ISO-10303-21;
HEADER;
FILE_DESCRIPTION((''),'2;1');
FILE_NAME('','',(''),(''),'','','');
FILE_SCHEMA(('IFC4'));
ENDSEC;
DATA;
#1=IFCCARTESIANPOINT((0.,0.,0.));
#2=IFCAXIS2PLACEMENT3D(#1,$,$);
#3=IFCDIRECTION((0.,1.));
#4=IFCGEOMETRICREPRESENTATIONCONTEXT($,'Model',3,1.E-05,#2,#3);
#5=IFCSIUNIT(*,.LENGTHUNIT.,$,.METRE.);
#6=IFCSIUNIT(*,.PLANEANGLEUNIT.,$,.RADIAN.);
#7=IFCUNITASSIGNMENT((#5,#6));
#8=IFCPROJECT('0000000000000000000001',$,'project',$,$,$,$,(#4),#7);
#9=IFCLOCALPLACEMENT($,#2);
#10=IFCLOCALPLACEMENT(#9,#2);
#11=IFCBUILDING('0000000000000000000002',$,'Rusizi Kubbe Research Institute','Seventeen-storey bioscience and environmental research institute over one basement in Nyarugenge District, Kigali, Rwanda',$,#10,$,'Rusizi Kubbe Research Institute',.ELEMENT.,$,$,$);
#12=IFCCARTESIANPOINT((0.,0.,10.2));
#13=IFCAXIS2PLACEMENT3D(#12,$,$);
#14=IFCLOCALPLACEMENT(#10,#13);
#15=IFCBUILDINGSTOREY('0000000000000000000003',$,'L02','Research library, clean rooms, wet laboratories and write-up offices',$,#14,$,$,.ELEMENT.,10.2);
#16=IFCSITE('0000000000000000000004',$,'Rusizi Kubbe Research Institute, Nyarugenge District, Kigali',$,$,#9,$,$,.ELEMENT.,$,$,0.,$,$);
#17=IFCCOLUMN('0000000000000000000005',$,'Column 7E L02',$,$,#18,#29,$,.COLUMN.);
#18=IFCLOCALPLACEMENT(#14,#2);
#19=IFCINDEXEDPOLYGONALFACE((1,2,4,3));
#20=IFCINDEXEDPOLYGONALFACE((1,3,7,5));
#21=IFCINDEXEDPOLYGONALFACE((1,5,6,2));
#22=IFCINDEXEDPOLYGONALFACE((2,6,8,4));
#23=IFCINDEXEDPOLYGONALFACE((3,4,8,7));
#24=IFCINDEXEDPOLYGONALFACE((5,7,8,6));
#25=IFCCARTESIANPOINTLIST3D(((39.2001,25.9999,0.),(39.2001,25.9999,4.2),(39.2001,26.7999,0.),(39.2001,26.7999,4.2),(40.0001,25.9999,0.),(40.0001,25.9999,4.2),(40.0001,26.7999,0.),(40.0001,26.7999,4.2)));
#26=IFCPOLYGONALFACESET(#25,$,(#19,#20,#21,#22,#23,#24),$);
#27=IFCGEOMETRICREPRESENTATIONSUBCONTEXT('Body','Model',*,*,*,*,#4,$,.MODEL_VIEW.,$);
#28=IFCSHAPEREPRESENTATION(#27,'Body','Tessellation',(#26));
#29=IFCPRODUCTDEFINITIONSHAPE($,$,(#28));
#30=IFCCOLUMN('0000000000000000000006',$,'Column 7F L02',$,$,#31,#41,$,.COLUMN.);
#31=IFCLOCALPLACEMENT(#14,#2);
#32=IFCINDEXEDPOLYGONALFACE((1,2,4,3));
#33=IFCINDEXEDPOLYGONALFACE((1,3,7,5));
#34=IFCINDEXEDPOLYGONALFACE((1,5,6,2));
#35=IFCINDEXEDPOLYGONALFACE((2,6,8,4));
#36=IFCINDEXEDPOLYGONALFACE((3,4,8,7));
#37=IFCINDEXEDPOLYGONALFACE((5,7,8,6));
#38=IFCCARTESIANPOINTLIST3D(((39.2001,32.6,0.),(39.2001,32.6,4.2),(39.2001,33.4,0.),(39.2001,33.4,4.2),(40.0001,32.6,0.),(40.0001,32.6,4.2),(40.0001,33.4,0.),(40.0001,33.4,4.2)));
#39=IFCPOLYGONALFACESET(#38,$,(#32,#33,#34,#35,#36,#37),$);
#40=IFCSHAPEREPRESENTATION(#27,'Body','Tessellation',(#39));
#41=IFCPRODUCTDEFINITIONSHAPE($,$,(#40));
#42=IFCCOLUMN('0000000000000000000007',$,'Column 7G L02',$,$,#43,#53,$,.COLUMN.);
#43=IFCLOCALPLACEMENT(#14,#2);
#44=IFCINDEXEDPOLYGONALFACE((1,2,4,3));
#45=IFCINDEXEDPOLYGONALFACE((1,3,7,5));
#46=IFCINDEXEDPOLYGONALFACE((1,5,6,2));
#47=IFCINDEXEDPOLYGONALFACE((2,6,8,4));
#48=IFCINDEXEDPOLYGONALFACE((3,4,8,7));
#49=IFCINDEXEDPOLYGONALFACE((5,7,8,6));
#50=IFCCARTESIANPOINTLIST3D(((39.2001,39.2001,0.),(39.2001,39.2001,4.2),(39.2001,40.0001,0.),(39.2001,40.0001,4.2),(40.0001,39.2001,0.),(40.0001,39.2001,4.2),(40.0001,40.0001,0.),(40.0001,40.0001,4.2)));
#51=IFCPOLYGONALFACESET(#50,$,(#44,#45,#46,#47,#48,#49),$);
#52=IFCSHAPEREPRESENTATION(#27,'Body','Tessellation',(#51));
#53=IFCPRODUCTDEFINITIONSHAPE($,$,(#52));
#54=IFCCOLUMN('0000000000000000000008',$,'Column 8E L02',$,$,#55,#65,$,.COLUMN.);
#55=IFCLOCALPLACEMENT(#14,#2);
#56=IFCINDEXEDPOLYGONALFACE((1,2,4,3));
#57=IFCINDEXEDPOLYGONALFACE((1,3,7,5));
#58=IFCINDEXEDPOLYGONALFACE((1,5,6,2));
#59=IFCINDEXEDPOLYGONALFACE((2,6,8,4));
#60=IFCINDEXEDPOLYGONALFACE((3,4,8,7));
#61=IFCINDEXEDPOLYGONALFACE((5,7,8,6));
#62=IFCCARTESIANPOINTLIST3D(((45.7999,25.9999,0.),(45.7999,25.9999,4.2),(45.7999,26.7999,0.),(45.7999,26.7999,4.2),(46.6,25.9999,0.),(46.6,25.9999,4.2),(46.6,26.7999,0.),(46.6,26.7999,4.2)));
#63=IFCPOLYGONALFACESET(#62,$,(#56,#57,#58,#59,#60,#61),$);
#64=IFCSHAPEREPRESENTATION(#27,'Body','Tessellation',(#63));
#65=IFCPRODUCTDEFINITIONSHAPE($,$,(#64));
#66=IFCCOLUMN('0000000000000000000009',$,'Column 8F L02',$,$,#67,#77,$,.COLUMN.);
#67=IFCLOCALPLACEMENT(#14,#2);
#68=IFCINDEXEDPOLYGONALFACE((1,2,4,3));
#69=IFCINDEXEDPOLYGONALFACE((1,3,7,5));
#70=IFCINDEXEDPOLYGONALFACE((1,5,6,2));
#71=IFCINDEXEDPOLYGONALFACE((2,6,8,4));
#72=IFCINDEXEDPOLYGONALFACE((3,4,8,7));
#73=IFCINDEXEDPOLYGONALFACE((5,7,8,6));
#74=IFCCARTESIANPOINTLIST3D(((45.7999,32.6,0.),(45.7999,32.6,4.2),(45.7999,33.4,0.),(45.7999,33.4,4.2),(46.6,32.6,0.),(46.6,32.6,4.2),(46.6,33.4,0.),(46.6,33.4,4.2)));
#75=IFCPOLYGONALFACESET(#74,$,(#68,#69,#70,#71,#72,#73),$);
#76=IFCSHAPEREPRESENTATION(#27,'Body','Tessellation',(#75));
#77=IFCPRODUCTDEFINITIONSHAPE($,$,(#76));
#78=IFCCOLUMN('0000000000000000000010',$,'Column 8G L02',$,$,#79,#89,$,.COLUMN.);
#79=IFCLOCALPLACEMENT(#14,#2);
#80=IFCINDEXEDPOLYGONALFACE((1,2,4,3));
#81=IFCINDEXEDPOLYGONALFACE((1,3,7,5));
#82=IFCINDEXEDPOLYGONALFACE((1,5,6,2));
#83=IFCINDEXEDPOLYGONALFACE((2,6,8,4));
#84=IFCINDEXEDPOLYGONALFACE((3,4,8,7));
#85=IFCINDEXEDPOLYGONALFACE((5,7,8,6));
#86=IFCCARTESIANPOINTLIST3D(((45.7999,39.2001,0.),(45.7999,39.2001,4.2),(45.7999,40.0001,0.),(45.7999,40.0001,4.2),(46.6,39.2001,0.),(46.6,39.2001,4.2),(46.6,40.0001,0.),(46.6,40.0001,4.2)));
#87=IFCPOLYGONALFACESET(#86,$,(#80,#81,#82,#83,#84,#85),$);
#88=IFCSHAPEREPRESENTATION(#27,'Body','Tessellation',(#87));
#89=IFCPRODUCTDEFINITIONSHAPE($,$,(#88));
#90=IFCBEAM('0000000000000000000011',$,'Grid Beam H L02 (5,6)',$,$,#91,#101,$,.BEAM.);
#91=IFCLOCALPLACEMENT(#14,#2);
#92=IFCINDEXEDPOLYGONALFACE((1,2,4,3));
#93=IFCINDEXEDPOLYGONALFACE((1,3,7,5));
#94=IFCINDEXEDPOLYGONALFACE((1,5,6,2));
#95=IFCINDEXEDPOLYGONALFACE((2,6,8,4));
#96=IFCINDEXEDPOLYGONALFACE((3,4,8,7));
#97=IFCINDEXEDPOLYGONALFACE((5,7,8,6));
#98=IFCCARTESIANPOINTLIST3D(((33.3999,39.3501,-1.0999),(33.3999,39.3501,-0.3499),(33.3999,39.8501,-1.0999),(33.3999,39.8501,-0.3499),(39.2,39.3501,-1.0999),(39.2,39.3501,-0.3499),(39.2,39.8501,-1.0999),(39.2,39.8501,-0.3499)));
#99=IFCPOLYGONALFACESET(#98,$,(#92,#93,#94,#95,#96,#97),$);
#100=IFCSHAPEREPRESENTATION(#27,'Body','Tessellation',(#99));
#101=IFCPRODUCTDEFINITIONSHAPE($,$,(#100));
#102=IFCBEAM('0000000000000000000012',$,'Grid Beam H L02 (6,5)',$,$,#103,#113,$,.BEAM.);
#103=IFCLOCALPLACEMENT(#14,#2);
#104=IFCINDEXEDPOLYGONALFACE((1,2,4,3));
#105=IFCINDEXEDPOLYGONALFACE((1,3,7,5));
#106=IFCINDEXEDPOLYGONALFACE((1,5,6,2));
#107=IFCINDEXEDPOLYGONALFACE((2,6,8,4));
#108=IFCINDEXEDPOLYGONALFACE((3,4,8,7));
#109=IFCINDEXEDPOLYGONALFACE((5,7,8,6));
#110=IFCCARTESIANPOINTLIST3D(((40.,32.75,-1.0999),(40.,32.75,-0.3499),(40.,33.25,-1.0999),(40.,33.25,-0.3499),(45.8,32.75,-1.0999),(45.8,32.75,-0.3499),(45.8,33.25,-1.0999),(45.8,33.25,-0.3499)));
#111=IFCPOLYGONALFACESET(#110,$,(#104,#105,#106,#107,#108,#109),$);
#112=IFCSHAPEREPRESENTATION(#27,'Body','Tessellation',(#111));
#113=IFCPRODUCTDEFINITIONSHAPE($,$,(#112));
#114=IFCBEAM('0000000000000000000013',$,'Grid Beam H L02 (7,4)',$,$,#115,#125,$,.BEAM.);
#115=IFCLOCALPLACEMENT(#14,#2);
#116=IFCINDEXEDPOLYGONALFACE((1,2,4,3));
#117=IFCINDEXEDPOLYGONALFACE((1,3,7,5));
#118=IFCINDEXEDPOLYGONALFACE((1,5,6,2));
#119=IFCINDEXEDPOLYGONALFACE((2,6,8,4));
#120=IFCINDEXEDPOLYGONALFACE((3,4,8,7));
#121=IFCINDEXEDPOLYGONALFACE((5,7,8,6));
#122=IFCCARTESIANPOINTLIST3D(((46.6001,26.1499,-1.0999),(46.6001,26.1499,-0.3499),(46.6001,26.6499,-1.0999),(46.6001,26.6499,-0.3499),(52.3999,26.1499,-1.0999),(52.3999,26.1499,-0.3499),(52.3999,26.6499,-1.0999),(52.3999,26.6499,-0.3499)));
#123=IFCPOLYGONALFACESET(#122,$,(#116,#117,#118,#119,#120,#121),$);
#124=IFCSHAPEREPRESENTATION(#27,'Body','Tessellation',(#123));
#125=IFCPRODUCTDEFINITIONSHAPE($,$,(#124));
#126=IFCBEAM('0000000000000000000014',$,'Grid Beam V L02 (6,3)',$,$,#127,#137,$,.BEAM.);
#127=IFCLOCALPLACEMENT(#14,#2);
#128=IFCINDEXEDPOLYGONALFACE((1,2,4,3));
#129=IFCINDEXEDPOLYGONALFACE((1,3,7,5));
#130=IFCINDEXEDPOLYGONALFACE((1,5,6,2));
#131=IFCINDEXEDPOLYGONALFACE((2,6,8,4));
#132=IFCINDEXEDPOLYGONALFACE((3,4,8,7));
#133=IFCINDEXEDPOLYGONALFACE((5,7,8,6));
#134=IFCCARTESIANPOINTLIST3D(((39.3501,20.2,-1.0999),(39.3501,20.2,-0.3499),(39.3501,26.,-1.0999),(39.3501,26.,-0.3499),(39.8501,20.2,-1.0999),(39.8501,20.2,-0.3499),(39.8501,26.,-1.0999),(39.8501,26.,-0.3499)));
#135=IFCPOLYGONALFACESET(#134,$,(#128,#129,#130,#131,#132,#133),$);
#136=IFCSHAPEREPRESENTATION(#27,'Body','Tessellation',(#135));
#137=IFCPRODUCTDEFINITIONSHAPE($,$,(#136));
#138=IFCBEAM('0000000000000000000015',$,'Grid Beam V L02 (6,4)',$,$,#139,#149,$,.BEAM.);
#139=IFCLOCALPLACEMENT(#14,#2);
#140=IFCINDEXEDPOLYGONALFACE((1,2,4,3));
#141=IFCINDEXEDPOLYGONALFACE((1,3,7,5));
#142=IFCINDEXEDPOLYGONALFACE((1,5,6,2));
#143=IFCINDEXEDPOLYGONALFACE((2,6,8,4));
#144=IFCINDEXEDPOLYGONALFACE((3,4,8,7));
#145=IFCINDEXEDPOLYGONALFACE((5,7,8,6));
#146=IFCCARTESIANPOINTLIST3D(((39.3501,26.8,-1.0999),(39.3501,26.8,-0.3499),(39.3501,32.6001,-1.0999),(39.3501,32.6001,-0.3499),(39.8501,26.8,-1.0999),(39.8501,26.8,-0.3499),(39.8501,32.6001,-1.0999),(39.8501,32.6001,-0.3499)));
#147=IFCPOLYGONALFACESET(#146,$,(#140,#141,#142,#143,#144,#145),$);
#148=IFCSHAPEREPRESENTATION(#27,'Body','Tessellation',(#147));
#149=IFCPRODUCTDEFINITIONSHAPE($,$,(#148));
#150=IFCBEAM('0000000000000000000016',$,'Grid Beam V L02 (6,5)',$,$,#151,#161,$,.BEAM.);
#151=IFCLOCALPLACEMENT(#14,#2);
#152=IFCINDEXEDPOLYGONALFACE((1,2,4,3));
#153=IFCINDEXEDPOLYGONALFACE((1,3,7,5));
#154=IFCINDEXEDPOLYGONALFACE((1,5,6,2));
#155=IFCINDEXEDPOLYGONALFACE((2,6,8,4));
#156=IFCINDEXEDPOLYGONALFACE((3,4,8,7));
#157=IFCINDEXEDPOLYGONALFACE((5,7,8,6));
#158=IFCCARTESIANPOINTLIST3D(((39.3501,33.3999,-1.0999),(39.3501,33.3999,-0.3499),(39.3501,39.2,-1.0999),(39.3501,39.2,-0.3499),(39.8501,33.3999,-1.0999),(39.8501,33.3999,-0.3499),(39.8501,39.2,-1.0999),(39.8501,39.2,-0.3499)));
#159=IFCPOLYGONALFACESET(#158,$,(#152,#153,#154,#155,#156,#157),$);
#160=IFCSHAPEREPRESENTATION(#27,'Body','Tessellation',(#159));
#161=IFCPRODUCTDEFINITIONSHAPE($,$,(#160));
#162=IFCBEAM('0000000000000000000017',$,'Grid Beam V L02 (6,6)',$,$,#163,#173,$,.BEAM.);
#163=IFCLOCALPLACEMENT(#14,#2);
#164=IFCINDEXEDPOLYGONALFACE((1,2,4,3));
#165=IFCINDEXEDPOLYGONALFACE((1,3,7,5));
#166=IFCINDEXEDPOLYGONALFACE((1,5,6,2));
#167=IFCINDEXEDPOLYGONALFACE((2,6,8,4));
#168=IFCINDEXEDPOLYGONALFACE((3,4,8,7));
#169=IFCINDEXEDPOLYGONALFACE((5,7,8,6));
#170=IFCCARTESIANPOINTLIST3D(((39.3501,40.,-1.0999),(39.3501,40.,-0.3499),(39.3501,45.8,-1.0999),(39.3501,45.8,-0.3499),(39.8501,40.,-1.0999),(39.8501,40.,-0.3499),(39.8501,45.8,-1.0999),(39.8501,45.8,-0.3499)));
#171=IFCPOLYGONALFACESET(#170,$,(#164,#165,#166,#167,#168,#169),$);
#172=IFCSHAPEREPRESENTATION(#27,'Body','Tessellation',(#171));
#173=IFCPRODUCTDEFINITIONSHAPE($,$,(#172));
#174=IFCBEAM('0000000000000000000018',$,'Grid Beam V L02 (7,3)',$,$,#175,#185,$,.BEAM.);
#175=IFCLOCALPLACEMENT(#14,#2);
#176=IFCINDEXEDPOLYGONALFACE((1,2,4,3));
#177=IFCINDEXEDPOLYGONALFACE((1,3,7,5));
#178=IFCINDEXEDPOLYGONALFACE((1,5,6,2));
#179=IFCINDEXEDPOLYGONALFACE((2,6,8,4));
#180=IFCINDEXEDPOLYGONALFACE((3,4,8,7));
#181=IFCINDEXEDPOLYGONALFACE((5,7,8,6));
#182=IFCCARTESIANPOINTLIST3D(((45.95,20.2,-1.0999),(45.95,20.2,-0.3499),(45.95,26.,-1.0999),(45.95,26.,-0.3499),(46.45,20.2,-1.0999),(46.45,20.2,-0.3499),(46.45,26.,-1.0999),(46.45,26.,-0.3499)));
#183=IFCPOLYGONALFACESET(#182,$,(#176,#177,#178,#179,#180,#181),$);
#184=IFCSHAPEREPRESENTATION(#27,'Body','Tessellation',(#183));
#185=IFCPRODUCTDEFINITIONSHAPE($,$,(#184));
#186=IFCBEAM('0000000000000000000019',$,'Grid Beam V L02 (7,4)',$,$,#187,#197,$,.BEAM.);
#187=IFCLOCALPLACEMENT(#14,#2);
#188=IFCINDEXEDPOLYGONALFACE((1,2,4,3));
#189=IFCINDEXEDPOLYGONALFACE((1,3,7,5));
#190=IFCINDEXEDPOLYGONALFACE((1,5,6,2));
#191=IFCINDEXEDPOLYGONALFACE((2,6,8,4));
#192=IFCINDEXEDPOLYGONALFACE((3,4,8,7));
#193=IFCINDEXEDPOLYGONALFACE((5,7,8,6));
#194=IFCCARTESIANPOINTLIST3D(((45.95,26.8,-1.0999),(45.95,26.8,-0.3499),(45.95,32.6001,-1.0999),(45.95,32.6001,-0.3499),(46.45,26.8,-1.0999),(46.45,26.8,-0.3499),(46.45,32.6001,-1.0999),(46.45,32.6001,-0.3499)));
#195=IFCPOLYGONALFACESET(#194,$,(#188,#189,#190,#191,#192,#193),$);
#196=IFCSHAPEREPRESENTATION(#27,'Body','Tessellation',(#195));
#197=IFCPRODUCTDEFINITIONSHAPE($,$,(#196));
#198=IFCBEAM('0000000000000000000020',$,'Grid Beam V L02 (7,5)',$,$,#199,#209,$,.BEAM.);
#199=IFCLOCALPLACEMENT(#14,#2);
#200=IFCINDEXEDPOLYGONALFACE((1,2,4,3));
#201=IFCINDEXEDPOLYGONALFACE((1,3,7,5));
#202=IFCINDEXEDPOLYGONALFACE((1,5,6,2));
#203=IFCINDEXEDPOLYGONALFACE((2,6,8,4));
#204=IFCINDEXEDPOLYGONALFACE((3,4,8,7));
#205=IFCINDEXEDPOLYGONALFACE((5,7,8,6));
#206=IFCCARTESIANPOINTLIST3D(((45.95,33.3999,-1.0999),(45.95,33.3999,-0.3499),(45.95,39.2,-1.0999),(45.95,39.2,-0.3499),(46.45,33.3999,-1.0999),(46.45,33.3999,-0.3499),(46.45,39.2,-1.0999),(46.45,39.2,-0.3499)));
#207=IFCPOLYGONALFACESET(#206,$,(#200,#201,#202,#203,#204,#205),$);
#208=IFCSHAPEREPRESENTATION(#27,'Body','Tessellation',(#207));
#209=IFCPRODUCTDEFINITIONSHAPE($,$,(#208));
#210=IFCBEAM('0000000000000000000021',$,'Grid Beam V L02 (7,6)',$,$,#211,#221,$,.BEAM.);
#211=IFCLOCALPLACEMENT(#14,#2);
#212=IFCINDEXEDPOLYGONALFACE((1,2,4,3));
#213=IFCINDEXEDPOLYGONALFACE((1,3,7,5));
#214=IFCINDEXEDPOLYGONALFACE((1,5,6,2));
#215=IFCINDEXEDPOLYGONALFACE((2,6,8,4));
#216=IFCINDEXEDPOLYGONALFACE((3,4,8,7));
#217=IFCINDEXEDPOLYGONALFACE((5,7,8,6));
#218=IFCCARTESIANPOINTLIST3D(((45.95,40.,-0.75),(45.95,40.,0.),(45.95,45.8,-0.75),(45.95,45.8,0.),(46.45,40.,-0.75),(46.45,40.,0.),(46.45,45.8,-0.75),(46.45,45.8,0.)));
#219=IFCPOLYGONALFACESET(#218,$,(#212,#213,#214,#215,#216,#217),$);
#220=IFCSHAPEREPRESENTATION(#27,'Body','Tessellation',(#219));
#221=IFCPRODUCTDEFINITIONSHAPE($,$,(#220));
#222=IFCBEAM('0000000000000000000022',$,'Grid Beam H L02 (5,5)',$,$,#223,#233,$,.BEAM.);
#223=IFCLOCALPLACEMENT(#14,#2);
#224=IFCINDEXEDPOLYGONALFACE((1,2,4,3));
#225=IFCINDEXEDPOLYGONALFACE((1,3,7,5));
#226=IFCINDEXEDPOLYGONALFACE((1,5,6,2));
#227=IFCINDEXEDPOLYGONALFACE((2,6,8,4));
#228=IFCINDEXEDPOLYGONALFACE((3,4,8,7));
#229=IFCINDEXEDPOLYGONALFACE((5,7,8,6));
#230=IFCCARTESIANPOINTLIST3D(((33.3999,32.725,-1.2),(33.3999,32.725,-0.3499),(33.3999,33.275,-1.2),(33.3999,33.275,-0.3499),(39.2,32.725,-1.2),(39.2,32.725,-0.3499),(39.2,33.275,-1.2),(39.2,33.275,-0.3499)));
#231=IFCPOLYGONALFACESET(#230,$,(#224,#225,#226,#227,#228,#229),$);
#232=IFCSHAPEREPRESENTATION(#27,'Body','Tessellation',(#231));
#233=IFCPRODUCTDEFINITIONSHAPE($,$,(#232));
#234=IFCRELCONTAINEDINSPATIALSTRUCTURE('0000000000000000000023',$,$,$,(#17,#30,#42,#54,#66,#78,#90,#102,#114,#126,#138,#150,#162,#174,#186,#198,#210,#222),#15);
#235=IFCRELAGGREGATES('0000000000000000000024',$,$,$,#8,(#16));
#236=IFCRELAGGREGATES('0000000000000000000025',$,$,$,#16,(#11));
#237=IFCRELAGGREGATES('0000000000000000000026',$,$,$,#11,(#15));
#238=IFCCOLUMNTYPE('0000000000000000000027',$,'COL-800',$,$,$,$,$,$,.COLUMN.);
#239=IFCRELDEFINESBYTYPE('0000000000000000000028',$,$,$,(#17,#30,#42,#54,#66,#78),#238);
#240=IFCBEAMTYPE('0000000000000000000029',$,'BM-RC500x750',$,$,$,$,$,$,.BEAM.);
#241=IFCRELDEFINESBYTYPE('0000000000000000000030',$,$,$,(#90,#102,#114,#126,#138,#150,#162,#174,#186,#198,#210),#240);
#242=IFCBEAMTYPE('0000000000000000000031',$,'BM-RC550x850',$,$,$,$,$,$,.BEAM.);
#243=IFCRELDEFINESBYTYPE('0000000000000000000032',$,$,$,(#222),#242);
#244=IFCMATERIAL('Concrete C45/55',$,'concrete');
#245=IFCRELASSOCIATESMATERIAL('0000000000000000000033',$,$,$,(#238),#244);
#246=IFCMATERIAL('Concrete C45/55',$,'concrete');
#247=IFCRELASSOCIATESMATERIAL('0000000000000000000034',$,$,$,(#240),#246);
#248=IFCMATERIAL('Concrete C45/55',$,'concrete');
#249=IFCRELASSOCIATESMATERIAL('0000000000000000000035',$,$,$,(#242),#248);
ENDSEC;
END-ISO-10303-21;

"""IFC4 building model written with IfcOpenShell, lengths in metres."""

from ifc_helpers import new_model, si_unit, direction, frame, origin, origin_2d, place, context, subcontext, project, spatial, rectangle, extrude, material, material_profile, profile_set, type_object, element, save


model = new_model("IFC4")

# Units and contexts
model_context = context("Model", 3, precision=1e-05, world=origin(), true_north=direction((0.0, 1.0)))
body_context = subcontext(model_context, "Body", "Model", "MODEL_VIEW")
ifc_project = project(units=[si_unit("LENGTHUNIT", "METRE"), si_unit("PLANEANGLEUNIT", "RADIAN")], contexts=[model_context])

# Site, building, storey
site_placement = place(None, origin())
site = spatial("IfcSite", under=ifc_project, at=site_placement, Name="Rusizi Kubbe Research Institute, Nyarugenge District, Kigali", CompositionType="ELEMENT", RefElevation=0.0)
building_placement = place(site_placement, origin())
building = spatial("IfcBuilding", under=site, at=building_placement, Name="Rusizi Kubbe Research Institute", Description="Seventeen-storey bioscience and environmental research institute over one basement in Nyarugenge District, Kigali, Rwanda", LongName="Rusizi Kubbe Research Institute", CompositionType="ELEMENT")
storey_placement = place(building_placement, frame((0.0, 0.0, 10.2)))
storey = spatial("IfcBuildingStorey", under=building, at=storey_placement, Name="L02", Description="Research library, clean rooms, wet laboratories and write-up offices", CompositionType="ELEMENT", Elevation=10.2)

# Columns
ifc_material_1 = material(Name="Concrete C45/55", Category="concrete")
ifc_material_profile_1 = material_profile(ifc_material_1, rectangle(XDim=0.8, YDim=0.8, at=origin_2d()), Name="RC800x800")
ifc_profile_set_1 = profile_set([ifc_material_profile_1], Name="Concrete C45/55")
column_type = type_object("IfcColumnType", Name="COL-800", PredefinedType="COLUMN", material=ifc_profile_set_1)
for number, where, z_axis, x_axis, name in (
    (1, (39.6001, 26.3999, 0.0), (0.0, 0.0, 1.0), (1.0, 0.0, 0.0), "Column 7E L02"),
    (2, (39.6001, 33.0, 0.0), (0.0, 0.0, 1.0), (1.0, 0.0, 0.0), "Column 7F L02"),
    (3, (39.6001, 39.6001, 0.0), (0.0, 0.0, 1.0), (1.0, 0.0, 0.0), "Column 7G L02"),
    (4, (46.2, 26.3999, 0.0), (0.0, 0.0, 1.0), (1.0, 0.0, 0.0), "Column 8E L02"),
    (5, (46.2, 33.0, 0.0), (0.0, 0.0, 1.0), (1.0, 0.0, 0.0), "Column 8F L02"),
    (6, (46.2, 39.6001, 0.0), (0.0, 0.0, 1.0), (1.0, 0.0, 0.0), "Column 8G L02"),
):
    element("IfcColumn", number, at=place(storey_placement, frame(where, z_axis=z_axis, x_axis=x_axis)), inside=storey, type_object=column_type, Name=name, PredefinedType="COLUMN", context=body_context, shape_type="SweptSolid", body=[
        extrude(rectangle(XDim=0.8, YDim=0.8, at=origin_2d()), origin(), (0.0, 0.0, 1.0), 4.2),
    ])

# Beams
ifc_material_2 = material(Name="Concrete C45/55", Category="concrete")
ifc_material_profile_2 = material_profile(ifc_material_2, rectangle(XDim=0.5, YDim=0.75, at=origin_2d()), Name="RC500x750B")
ifc_profile_set_2 = profile_set([ifc_material_profile_2], Name="Concrete C45/55")
beam_type_1 = type_object("IfcBeamType", Name="BM-RC500x750", PredefinedType="BEAM", material=ifc_profile_set_2)
for number, where, z_axis, x_axis, name in (
    (7, (33.3999, 39.6001, -0.7249), (1.0, 0.0, 0.0), (0.0, 1.0, 0.0), "Grid Beam H L02 (5,6)"),
    (8, (40.0, 33.0, -0.7249), (1.0, 0.0, 0.0), (0.0, 1.0, 0.0), "Grid Beam H L02 (6,5)"),
):
    element("IfcBeam", number, at=place(storey_placement, frame(where, z_axis=z_axis, x_axis=x_axis)), inside=storey, type_object=beam_type_1, Name=name, PredefinedType="BEAM", context=body_context, shape_type="SweptSolid", body=[
        extrude(rectangle(XDim=0.5, YDim=0.75, at=origin_2d()), origin(), (0.0, 0.0, 1.0), 5.8),
    ])
beam_1_placement = place(storey_placement, frame((46.6001, 26.3999, -0.7249), z_axis=(1.0, 0.0, 0.0), x_axis=(0.0, 1.0, 0.0)))
element("IfcBeam", 9, at=beam_1_placement, inside=storey, type_object=beam_type_1, Name="Grid Beam H L02 (7,4)", PredefinedType="BEAM", context=body_context, shape_type="SweptSolid", body=[
    extrude(rectangle(XDim=0.5, YDim=0.75, at=origin_2d()), origin(), (0.0, 0.0, 1.0), 5.7998),
])
for number, where, z_axis, x_axis, name in (
    (10, (39.6001, 20.2, -0.7249), (0.0, 1.0, 0.0), (-1.0, 0.0, 0.0), "Grid Beam V L02 (6,3)"),
    (11, (39.6001, 26.8, -0.7249), (0.0, 1.0, 0.0), (-1.0, 0.0, 0.0), "Grid Beam V L02 (6,4)"),
    (12, (39.6001, 33.3999, -0.7249), (0.0, 1.0, 0.0), (-1.0, 0.0, 0.0), "Grid Beam V L02 (6,5)"),
    (13, (39.6001, 40.0, -0.7249), (0.0, 1.0, 0.0), (-1.0, 0.0, 0.0), "Grid Beam V L02 (6,6)"),
    (14, (46.2, 20.2, -0.7249), (0.0, 1.0, 0.0), (-1.0, 0.0, 0.0), "Grid Beam V L02 (7,3)"),
    (15, (46.2, 26.8, -0.7249), (0.0, 1.0, 0.0), (-1.0, 0.0, 0.0), "Grid Beam V L02 (7,4)"),
    (16, (46.2, 33.3999, -0.7249), (0.0, 1.0, 0.0), (-1.0, 0.0, 0.0), "Grid Beam V L02 (7,5)"),
    (17, (46.2, 40.0, -0.375), (0.0, 1.0, 0.0), (-1.0, 0.0, 0.0), "Grid Beam V L02 (7,6)"),
):
    element("IfcBeam", number, at=place(storey_placement, frame(where, z_axis=z_axis, x_axis=x_axis)), inside=storey, type_object=beam_type_1, Name=name, PredefinedType="BEAM", context=body_context, shape_type="SweptSolid", body=[
        extrude(rectangle(XDim=0.5, YDim=0.75, at=origin_2d()), origin(), (0.0, 0.0, 1.0), 5.8),
    ])
ifc_material_3 = material(Name="Concrete C45/55", Category="concrete")
ifc_material_profile_3 = material_profile(ifc_material_3, rectangle(XDim=0.55, YDim=0.8501, at=origin_2d()), Name="RC550x850")
ifc_profile_set_3 = profile_set([ifc_material_profile_3], Name="Concrete C45/55")
beam_type_2 = type_object("IfcBeamType", Name="BM-RC550x850", PredefinedType="BEAM", material=ifc_profile_set_3)
for number, where, z_axis, x_axis, name in (
    (18, (33.3999, 33.0, -0.7749), (1.0, 0.0, 0.0), (0.0, 1.0, 0.0), "Grid Beam H L02 (5,5)"),
):
    element("IfcBeam", number, at=place(storey_placement, frame(where, z_axis=z_axis, x_axis=x_axis)), inside=storey, type_object=beam_type_2, Name=name, PredefinedType="BEAM", context=body_context, shape_type="SweptSolid", body=[
        extrude(rectangle(XDim=0.55, YDim=0.8501, at=origin_2d()), origin(), (0.0, 0.0, 1.0), 5.8),
    ])

save(model, "model.ifc")
